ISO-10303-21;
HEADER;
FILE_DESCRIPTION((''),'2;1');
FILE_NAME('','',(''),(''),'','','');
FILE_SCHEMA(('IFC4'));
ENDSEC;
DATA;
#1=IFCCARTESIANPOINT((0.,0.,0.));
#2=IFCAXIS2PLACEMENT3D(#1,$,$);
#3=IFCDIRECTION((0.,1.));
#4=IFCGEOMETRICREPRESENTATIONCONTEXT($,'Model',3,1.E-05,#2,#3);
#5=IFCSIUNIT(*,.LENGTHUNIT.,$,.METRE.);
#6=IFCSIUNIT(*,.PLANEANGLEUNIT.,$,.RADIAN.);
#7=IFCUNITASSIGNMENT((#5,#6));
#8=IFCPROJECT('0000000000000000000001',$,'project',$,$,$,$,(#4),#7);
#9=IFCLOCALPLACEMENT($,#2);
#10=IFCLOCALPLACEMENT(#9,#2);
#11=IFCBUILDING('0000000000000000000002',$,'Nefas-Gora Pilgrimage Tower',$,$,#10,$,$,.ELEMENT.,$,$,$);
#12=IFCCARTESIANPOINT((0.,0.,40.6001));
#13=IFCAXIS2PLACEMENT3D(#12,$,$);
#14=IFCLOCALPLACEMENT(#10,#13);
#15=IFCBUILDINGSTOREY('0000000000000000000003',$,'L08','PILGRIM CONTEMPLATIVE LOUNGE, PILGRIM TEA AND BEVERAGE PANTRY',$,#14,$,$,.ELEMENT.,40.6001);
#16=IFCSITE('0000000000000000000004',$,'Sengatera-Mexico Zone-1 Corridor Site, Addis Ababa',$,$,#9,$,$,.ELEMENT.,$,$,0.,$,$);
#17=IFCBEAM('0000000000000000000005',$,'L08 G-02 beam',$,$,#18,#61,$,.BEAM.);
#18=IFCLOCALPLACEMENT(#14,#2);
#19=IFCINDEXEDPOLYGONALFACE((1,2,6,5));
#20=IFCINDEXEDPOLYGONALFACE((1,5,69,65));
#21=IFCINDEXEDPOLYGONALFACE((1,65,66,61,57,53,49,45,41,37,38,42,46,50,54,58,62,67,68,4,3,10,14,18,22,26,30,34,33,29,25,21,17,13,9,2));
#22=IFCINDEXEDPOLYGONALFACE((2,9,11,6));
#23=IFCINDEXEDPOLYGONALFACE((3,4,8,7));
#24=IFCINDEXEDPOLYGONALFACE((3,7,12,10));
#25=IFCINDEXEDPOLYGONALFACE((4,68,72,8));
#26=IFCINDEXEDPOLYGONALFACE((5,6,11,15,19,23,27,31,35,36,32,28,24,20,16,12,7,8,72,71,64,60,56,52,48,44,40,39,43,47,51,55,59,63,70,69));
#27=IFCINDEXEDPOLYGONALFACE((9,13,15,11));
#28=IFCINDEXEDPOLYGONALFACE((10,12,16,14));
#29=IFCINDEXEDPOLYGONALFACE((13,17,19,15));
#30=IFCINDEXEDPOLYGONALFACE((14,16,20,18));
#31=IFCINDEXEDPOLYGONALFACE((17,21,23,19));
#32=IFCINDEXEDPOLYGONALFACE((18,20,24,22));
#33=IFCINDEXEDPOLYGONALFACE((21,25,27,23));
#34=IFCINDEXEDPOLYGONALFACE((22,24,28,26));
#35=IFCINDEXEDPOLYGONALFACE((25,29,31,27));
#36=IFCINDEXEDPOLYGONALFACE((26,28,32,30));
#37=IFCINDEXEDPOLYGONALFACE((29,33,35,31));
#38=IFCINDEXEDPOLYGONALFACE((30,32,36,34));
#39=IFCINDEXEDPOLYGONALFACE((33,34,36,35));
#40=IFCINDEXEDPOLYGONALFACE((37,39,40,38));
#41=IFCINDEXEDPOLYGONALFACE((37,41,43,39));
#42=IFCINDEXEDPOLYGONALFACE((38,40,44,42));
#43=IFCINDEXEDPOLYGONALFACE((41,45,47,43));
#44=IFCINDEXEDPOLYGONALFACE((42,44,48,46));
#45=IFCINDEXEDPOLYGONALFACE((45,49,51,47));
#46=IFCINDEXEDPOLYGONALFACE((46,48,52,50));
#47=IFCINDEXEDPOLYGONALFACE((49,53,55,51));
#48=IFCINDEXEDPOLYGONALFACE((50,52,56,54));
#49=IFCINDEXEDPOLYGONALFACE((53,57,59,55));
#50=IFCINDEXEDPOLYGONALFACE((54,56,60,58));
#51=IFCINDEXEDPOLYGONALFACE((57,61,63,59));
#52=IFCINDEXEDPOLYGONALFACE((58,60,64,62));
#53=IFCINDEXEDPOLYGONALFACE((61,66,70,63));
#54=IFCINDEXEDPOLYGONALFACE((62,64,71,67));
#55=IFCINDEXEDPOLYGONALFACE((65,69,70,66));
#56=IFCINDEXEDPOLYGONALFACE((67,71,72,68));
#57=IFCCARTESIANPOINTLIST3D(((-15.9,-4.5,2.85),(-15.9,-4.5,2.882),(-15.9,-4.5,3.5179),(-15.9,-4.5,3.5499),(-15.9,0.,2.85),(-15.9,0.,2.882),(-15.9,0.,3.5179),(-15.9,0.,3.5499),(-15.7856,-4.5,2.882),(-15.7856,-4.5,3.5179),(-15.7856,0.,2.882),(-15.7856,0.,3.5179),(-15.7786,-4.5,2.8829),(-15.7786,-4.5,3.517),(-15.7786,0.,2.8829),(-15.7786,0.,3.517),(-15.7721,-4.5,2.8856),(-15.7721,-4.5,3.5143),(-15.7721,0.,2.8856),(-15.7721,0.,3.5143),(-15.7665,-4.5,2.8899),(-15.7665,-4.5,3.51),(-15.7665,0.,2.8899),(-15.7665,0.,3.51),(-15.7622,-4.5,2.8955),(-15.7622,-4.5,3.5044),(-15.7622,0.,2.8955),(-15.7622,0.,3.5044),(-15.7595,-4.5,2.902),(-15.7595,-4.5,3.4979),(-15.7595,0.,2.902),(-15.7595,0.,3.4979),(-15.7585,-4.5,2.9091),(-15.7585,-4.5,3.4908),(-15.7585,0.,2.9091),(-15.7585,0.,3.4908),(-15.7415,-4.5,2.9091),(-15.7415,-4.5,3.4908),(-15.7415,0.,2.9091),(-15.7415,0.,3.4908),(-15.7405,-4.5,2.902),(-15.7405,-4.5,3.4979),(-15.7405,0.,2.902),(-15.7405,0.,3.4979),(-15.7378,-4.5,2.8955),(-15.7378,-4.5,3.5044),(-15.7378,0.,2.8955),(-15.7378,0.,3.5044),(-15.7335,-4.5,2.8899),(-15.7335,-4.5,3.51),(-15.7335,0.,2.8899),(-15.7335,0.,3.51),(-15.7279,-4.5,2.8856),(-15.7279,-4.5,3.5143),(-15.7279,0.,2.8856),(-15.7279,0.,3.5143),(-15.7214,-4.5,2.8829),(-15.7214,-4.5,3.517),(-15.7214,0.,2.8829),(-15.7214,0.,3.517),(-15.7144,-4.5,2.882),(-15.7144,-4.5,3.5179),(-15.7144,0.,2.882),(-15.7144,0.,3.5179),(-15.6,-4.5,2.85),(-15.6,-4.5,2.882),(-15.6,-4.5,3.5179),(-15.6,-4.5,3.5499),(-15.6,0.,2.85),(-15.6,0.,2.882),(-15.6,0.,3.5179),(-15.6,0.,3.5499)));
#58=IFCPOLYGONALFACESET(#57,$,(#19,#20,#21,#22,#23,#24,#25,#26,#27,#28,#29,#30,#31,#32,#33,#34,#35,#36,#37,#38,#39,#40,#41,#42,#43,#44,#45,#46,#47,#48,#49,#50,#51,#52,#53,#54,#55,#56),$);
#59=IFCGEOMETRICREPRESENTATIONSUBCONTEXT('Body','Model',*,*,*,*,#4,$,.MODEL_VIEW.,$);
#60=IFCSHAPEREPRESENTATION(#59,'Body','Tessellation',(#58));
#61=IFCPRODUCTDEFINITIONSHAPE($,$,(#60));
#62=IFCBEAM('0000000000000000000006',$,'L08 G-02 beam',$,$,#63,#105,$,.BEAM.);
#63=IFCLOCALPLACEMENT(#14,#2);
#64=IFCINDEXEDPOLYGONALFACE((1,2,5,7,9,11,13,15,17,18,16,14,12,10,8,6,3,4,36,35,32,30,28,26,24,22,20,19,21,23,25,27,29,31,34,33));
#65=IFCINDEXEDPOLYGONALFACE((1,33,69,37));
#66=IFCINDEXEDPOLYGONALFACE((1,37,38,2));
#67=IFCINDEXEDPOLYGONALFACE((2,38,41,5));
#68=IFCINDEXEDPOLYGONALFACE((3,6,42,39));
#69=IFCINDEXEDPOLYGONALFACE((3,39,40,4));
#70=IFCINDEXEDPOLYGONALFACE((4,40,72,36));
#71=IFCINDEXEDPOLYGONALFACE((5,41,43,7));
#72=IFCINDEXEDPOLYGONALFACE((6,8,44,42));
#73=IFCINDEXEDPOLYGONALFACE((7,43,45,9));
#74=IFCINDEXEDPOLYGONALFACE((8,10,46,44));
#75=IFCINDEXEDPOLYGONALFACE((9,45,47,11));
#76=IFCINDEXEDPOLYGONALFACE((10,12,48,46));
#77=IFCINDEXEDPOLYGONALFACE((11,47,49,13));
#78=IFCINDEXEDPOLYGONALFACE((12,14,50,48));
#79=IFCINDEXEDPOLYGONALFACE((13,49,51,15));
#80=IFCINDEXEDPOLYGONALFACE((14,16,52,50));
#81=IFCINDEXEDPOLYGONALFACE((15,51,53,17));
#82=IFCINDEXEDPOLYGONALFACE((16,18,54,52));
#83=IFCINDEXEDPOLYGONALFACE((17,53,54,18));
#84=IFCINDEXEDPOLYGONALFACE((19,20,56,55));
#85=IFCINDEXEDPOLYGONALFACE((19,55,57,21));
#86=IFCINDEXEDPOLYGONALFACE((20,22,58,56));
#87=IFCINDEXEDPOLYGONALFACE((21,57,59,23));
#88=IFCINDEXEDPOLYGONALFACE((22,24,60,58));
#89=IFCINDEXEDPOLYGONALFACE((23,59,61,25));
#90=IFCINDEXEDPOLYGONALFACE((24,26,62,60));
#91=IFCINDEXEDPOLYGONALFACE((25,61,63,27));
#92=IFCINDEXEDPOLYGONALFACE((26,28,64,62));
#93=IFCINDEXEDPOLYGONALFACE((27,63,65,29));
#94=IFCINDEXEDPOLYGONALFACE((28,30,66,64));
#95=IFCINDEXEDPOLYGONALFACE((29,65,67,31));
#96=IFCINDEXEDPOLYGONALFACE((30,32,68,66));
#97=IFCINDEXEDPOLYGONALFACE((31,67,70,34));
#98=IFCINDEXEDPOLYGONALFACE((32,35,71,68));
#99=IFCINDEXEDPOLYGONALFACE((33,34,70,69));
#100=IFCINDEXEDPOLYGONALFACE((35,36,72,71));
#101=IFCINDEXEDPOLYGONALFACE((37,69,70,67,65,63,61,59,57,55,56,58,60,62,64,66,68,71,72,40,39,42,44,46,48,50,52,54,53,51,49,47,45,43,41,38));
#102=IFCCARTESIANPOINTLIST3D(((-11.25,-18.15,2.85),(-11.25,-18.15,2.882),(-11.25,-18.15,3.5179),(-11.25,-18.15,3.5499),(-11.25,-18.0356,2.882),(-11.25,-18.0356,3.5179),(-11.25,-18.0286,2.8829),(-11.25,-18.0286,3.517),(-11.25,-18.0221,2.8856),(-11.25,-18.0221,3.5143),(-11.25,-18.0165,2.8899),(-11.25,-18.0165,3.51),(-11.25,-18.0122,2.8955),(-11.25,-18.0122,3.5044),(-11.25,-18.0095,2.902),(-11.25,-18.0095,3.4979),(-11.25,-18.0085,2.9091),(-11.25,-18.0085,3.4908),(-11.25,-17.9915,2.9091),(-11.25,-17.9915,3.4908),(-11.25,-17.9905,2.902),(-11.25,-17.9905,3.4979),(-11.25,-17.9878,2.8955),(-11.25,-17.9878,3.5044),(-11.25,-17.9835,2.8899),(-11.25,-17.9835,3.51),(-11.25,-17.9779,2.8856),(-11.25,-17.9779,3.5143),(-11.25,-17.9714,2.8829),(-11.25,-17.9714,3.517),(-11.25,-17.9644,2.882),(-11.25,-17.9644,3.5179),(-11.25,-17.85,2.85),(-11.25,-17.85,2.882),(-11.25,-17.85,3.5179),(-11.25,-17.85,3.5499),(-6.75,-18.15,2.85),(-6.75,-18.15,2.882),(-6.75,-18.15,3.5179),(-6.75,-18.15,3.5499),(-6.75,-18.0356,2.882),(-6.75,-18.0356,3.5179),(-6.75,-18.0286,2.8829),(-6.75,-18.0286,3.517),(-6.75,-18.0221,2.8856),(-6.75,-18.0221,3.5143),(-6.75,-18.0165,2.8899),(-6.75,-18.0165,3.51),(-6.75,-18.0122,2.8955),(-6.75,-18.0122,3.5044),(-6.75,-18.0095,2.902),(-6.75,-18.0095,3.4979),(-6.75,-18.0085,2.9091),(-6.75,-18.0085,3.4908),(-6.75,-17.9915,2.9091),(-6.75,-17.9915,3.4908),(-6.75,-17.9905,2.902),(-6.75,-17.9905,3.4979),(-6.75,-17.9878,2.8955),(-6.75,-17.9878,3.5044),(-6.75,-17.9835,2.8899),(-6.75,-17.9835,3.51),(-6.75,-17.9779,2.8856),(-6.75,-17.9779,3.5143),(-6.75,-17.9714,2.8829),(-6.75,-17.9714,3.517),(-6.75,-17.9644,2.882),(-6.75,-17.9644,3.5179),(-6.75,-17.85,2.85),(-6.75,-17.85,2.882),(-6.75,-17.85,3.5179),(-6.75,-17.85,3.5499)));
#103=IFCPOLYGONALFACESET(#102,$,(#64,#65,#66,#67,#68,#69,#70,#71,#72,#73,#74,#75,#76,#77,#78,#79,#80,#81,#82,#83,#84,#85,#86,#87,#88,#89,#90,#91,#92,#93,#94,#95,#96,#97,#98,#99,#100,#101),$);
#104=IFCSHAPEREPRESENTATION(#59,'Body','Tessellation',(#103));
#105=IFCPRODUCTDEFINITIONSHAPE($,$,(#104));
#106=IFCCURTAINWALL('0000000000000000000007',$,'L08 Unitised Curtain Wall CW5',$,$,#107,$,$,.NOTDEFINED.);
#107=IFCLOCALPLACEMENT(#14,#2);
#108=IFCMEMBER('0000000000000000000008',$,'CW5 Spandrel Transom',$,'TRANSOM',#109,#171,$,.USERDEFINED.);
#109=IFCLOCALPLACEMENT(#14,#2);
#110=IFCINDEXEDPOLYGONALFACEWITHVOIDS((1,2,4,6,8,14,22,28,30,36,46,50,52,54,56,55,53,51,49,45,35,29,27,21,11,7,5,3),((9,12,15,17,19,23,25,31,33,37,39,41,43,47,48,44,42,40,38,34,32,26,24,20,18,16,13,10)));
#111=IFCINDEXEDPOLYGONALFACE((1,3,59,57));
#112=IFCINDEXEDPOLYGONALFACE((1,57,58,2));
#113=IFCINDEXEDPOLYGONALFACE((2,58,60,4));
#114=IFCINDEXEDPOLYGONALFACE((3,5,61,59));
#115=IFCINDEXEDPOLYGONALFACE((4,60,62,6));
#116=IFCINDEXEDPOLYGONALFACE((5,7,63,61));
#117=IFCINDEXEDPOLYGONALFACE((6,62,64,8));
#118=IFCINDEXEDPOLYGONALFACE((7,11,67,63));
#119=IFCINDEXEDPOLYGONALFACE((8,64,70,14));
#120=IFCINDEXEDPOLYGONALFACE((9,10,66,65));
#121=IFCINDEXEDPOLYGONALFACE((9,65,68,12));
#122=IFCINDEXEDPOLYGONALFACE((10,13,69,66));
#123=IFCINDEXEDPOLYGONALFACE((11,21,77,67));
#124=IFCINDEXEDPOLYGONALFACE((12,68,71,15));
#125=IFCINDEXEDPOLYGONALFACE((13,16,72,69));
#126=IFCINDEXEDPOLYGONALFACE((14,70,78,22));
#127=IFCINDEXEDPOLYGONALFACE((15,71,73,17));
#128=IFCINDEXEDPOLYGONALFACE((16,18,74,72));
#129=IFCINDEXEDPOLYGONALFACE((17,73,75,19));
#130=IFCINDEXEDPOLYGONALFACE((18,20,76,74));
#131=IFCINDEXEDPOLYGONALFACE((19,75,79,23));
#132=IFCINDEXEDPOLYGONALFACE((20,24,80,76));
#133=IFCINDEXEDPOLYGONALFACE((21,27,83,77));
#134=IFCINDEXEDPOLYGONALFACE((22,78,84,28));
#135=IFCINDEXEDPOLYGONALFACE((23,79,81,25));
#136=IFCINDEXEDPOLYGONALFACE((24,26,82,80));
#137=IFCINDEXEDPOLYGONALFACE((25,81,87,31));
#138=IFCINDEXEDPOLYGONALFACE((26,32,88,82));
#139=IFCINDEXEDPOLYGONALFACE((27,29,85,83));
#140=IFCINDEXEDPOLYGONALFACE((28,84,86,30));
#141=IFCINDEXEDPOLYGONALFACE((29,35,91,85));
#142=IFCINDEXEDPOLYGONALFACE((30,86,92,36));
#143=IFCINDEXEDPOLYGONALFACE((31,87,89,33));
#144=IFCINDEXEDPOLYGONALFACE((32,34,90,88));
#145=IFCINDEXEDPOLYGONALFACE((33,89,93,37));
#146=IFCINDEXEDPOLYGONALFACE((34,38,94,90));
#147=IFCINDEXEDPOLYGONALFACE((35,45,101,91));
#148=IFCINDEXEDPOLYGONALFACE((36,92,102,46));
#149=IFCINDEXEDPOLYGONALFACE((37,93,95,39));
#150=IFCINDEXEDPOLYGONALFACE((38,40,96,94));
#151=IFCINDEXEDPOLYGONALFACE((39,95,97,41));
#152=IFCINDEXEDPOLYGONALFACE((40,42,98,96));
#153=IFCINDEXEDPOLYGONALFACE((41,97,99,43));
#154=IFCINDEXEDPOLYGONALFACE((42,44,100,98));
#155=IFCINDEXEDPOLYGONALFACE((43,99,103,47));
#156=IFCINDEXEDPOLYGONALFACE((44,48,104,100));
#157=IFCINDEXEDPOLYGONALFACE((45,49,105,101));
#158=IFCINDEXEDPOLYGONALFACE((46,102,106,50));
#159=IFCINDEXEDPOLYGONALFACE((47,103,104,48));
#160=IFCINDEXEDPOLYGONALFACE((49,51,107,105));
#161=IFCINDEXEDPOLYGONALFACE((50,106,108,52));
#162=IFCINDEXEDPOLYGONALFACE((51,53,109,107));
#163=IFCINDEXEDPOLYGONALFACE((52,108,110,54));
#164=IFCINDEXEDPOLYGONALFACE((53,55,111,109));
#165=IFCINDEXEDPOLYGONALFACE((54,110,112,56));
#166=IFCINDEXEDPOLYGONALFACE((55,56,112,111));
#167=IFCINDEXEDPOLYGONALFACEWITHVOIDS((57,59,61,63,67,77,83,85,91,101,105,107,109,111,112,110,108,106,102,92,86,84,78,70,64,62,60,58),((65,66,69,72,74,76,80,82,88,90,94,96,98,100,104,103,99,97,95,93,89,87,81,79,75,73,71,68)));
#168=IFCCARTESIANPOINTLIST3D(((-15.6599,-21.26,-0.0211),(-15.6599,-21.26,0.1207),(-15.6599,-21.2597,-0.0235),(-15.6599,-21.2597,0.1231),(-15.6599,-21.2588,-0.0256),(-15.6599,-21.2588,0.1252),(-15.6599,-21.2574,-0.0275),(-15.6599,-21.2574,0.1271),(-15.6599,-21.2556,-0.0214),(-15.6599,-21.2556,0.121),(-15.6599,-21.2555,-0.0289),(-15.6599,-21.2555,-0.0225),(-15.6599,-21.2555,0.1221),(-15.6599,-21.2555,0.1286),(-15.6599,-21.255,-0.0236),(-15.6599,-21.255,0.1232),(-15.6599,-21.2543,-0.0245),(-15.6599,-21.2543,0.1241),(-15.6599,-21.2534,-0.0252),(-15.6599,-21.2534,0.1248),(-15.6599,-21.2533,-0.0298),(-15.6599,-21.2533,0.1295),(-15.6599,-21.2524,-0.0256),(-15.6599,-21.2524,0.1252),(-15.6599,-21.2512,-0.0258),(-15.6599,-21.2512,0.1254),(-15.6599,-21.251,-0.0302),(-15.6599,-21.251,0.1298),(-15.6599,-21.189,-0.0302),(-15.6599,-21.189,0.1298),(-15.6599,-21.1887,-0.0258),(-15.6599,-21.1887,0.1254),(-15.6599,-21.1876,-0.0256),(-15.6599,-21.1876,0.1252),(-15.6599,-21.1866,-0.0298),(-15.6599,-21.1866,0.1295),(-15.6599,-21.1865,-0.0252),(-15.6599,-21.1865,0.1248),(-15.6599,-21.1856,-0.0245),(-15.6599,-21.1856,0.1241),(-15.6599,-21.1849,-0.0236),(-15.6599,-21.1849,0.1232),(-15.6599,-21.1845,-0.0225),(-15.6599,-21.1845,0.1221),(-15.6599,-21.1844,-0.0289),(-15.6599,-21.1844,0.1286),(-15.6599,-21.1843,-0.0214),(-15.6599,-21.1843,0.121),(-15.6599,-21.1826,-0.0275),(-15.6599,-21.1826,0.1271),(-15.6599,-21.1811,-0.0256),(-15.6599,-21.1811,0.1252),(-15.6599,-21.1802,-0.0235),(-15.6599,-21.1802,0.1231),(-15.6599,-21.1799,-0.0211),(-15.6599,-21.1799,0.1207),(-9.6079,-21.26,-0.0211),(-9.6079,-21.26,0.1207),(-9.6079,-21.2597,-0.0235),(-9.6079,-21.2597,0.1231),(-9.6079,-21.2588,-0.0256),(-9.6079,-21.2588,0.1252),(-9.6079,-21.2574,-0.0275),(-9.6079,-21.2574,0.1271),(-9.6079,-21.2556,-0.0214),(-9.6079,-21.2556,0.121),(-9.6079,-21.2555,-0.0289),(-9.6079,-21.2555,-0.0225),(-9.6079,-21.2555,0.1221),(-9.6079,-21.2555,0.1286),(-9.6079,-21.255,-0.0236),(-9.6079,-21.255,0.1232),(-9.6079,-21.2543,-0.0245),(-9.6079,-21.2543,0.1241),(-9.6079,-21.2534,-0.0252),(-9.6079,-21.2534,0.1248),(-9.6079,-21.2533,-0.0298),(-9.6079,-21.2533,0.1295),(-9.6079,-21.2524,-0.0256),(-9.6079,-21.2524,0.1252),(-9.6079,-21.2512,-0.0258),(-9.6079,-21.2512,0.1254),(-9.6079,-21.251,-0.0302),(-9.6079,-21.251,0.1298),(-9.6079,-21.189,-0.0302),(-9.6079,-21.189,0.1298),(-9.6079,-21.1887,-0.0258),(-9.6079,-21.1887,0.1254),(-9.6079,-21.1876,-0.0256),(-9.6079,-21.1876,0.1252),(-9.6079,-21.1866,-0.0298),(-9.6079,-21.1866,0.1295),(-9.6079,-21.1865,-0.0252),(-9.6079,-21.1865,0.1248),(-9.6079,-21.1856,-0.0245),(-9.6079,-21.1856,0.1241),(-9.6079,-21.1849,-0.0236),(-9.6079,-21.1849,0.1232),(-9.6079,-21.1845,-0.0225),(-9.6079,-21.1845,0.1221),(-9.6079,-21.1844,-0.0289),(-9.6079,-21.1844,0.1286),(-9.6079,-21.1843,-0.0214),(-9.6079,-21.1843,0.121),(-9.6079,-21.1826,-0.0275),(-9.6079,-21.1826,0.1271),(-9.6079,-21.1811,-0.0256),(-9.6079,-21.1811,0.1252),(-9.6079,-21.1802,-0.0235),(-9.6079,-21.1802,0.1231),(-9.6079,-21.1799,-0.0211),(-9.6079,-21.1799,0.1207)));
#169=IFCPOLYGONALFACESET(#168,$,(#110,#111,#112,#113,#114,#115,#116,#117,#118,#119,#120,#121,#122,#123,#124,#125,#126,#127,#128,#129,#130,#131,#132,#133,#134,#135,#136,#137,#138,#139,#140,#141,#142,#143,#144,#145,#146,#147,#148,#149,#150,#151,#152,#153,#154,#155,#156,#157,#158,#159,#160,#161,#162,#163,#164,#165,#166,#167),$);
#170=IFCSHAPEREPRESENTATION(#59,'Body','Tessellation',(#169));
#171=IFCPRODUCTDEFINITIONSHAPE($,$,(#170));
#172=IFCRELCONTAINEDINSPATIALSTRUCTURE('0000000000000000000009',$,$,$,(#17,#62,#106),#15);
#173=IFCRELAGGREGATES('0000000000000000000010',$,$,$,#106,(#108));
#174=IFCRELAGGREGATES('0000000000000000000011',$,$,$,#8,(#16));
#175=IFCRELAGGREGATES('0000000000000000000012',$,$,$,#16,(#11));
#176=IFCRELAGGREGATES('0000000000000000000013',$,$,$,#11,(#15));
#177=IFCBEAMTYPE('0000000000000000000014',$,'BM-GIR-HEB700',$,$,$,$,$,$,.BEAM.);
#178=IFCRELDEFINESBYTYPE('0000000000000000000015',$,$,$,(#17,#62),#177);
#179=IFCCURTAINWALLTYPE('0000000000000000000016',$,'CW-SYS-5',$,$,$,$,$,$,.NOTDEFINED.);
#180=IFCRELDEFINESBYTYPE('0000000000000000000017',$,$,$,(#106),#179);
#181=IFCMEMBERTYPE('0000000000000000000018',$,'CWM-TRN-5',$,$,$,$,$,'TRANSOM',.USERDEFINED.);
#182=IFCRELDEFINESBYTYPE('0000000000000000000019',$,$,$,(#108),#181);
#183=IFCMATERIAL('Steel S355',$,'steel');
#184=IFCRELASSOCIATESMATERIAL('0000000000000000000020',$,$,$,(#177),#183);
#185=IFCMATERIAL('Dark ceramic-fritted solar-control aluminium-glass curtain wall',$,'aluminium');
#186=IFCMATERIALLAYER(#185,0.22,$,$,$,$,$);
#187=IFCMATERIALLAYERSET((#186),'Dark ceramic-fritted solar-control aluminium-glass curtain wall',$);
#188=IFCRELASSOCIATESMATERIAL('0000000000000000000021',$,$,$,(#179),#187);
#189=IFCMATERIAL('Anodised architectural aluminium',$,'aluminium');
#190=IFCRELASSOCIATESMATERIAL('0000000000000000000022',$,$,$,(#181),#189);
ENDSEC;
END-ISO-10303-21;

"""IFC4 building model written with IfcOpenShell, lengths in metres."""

from ifc_helpers import new_model, si_unit, direction, frame, origin, origin_2d, place, context, subcontext, project, spatial, hollow_rectangle, i_section, extrude, source, transform, mapped, material, layer, layer_set, material_profile, profile_set, type_object, element, aggregate, save


model = new_model("IFC4")

# Units and contexts
model_context = context("Model", 3, precision=1e-05, world=origin(), true_north=direction((0.0, 1.0)))
body_context = subcontext(model_context, "Body", "Model", "MODEL_VIEW")
ifc_project = project(units=[si_unit("LENGTHUNIT", "METRE"), si_unit("PLANEANGLEUNIT", "RADIAN")], contexts=[model_context])

# Site, building, storey
site_placement = place(None, origin())
site = spatial("IfcSite", under=ifc_project, at=site_placement, Name="Sengatera-Mexico Zone-1 Corridor Site, Addis Ababa", CompositionType="ELEMENT", RefElevation=0.0)
building_placement = place(site_placement, origin())
building = spatial("IfcBuilding", under=site, at=building_placement, Name="Nefas-Gora Pilgrimage Tower", CompositionType="ELEMENT")
storey_placement = place(building_placement, frame((0.0, 0.0, 40.6001)))
storey = spatial("IfcBuildingStorey", under=building, at=storey_placement, Name="L08", Description="PILGRIM CONTEMPLATIVE LOUNGE, PILGRIM TEA AND BEVERAGE PANTRY", CompositionType="ELEMENT", Elevation=40.6001)

# Beams
ifc_material_1 = material(Name="Steel S355", Category="steel")
ifc_material_profile_1 = material_profile(ifc_material_1, i_section(OverallWidth=0.3, OverallDepth=0.7, WebThickness=0.0171, FlangeThickness=0.032, FilletRadius=0.0271, at=origin_2d()), Name="HEB 700")
ifc_profile_set_1 = profile_set([ifc_material_profile_1], Name="Steel S355")
beam_type = type_object("IfcBeamType", Name="BM-GIR-HEB700", PredefinedType="BEAM", material=ifc_profile_set_1)
shared_shape_1 = source(origin(), body_context, "Body", "SweptSolid", [
    extrude(i_section(OverallWidth=0.3, OverallDepth=0.7, WebThickness=0.0171, FlangeThickness=0.032, FilletRadius=0.0271, at=origin_2d()), origin(), (0.0, 0.0, 1.0), 4.5),
])
for number, where, z_axis, x_axis, name in (
    (1, (-15.75, -4.5, 3.2), (0.0, 1.0, 0.0), (-1.0, 0.0, 0.0), "L08 G-02 beam"),
    (2, (-11.25, -18.0, 3.2), (1.0, 0.0, 0.0), (0.0, 1.0, 0.0), "L08 G-02 beam"),
):
    element("IfcBeam", number, at=place(storey_placement, frame(where, z_axis=z_axis, x_axis=x_axis)), inside=storey, type_object=beam_type, Name=name, PredefinedType="BEAM", context=body_context, shape_type="MappedRepresentation", body=[
        mapped(shared_shape_1, transform((0.0, 0.0, 0.0), x_axis=(1.0, 0.0, 0.0), y_axis=(0.0, 1.0, 0.0), z_axis=(0.0, 0.0, 1.0), scale=1.0)),
    ])

# Curtain wall, member
ifc_material_2 = material(Name="Dark ceramic-fritted solar-control aluminium-glass curtain wall", Category="aluminium")
ifc_layer_1 = layer(ifc_material_2, 0.22)
ifc_layer_set_1 = layer_set([ifc_layer_1], Name="Dark ceramic-fritted solar-control aluminium-glass curtain wall")
curtain_wall_type_1 = type_object("IfcCurtainWallType", Name="CW-SYS-5", PredefinedType="NOTDEFINED", material=ifc_layer_set_1)
curtain_wall_1_placement = place(storey_placement, origin())
curtain_wall_1 = element("IfcCurtainWall", 3, at=curtain_wall_1_placement, inside=storey, type_object=curtain_wall_type_1, Name="L08 Unitised Curtain Wall CW5", PredefinedType="NOTDEFINED")
ifc_material_3 = material(Name="Anodised architectural aluminium", Category="aluminium")
ifc_material_profile_2 = material_profile(ifc_material_3, hollow_rectangle(XDim=0.0801, YDim=0.1599, WallThickness=0.0044, InnerFilletRadius=0.0044, OuterFilletRadius=0.009, at=origin_2d()), Name="ALU TRANSOM 80x160")
ifc_profile_set_2 = profile_set([ifc_material_profile_2], Name="Anodised architectural aluminium")
member_type_1 = type_object("IfcMemberType", Name="CWM-TRN-5", ElementType="TRANSOM", PredefinedType="USERDEFINED", material=ifc_profile_set_2)
shared_shape_2 = source(origin(), body_context, "Body", "SweptSolid", [
    extrude(hollow_rectangle(XDim=0.0801, YDim=0.1599, WallThickness=0.0044, InnerFilletRadius=0.0044, OuterFilletRadius=0.009, at=origin_2d()), origin(), (0.0, 0.0, 1.0), 6.052),
])
member_1_placement = place(storey_placement, frame((-15.6599, -21.22, 0.0498), z_axis=(1.0, 0.0, 0.0), x_axis=(0.0, 1.0, 0.0)))
member_1 = element("IfcMember", 4, at=member_1_placement, type_object=member_type_1, Name="CW5 Spandrel Transom", ObjectType="TRANSOM", PredefinedType="USERDEFINED", context=body_context, shape_type="MappedRepresentation", body=[
    mapped(shared_shape_2, transform((0.0, 0.0, 0.0), x_axis=(1.0, 0.0, 0.0), y_axis=(0.0, 1.0, 0.0), z_axis=(0.0, 0.0, 1.0), scale=1.0)),
])

aggregate(curtain_wall_1, [member_1])

save(model, "model.ifc")
